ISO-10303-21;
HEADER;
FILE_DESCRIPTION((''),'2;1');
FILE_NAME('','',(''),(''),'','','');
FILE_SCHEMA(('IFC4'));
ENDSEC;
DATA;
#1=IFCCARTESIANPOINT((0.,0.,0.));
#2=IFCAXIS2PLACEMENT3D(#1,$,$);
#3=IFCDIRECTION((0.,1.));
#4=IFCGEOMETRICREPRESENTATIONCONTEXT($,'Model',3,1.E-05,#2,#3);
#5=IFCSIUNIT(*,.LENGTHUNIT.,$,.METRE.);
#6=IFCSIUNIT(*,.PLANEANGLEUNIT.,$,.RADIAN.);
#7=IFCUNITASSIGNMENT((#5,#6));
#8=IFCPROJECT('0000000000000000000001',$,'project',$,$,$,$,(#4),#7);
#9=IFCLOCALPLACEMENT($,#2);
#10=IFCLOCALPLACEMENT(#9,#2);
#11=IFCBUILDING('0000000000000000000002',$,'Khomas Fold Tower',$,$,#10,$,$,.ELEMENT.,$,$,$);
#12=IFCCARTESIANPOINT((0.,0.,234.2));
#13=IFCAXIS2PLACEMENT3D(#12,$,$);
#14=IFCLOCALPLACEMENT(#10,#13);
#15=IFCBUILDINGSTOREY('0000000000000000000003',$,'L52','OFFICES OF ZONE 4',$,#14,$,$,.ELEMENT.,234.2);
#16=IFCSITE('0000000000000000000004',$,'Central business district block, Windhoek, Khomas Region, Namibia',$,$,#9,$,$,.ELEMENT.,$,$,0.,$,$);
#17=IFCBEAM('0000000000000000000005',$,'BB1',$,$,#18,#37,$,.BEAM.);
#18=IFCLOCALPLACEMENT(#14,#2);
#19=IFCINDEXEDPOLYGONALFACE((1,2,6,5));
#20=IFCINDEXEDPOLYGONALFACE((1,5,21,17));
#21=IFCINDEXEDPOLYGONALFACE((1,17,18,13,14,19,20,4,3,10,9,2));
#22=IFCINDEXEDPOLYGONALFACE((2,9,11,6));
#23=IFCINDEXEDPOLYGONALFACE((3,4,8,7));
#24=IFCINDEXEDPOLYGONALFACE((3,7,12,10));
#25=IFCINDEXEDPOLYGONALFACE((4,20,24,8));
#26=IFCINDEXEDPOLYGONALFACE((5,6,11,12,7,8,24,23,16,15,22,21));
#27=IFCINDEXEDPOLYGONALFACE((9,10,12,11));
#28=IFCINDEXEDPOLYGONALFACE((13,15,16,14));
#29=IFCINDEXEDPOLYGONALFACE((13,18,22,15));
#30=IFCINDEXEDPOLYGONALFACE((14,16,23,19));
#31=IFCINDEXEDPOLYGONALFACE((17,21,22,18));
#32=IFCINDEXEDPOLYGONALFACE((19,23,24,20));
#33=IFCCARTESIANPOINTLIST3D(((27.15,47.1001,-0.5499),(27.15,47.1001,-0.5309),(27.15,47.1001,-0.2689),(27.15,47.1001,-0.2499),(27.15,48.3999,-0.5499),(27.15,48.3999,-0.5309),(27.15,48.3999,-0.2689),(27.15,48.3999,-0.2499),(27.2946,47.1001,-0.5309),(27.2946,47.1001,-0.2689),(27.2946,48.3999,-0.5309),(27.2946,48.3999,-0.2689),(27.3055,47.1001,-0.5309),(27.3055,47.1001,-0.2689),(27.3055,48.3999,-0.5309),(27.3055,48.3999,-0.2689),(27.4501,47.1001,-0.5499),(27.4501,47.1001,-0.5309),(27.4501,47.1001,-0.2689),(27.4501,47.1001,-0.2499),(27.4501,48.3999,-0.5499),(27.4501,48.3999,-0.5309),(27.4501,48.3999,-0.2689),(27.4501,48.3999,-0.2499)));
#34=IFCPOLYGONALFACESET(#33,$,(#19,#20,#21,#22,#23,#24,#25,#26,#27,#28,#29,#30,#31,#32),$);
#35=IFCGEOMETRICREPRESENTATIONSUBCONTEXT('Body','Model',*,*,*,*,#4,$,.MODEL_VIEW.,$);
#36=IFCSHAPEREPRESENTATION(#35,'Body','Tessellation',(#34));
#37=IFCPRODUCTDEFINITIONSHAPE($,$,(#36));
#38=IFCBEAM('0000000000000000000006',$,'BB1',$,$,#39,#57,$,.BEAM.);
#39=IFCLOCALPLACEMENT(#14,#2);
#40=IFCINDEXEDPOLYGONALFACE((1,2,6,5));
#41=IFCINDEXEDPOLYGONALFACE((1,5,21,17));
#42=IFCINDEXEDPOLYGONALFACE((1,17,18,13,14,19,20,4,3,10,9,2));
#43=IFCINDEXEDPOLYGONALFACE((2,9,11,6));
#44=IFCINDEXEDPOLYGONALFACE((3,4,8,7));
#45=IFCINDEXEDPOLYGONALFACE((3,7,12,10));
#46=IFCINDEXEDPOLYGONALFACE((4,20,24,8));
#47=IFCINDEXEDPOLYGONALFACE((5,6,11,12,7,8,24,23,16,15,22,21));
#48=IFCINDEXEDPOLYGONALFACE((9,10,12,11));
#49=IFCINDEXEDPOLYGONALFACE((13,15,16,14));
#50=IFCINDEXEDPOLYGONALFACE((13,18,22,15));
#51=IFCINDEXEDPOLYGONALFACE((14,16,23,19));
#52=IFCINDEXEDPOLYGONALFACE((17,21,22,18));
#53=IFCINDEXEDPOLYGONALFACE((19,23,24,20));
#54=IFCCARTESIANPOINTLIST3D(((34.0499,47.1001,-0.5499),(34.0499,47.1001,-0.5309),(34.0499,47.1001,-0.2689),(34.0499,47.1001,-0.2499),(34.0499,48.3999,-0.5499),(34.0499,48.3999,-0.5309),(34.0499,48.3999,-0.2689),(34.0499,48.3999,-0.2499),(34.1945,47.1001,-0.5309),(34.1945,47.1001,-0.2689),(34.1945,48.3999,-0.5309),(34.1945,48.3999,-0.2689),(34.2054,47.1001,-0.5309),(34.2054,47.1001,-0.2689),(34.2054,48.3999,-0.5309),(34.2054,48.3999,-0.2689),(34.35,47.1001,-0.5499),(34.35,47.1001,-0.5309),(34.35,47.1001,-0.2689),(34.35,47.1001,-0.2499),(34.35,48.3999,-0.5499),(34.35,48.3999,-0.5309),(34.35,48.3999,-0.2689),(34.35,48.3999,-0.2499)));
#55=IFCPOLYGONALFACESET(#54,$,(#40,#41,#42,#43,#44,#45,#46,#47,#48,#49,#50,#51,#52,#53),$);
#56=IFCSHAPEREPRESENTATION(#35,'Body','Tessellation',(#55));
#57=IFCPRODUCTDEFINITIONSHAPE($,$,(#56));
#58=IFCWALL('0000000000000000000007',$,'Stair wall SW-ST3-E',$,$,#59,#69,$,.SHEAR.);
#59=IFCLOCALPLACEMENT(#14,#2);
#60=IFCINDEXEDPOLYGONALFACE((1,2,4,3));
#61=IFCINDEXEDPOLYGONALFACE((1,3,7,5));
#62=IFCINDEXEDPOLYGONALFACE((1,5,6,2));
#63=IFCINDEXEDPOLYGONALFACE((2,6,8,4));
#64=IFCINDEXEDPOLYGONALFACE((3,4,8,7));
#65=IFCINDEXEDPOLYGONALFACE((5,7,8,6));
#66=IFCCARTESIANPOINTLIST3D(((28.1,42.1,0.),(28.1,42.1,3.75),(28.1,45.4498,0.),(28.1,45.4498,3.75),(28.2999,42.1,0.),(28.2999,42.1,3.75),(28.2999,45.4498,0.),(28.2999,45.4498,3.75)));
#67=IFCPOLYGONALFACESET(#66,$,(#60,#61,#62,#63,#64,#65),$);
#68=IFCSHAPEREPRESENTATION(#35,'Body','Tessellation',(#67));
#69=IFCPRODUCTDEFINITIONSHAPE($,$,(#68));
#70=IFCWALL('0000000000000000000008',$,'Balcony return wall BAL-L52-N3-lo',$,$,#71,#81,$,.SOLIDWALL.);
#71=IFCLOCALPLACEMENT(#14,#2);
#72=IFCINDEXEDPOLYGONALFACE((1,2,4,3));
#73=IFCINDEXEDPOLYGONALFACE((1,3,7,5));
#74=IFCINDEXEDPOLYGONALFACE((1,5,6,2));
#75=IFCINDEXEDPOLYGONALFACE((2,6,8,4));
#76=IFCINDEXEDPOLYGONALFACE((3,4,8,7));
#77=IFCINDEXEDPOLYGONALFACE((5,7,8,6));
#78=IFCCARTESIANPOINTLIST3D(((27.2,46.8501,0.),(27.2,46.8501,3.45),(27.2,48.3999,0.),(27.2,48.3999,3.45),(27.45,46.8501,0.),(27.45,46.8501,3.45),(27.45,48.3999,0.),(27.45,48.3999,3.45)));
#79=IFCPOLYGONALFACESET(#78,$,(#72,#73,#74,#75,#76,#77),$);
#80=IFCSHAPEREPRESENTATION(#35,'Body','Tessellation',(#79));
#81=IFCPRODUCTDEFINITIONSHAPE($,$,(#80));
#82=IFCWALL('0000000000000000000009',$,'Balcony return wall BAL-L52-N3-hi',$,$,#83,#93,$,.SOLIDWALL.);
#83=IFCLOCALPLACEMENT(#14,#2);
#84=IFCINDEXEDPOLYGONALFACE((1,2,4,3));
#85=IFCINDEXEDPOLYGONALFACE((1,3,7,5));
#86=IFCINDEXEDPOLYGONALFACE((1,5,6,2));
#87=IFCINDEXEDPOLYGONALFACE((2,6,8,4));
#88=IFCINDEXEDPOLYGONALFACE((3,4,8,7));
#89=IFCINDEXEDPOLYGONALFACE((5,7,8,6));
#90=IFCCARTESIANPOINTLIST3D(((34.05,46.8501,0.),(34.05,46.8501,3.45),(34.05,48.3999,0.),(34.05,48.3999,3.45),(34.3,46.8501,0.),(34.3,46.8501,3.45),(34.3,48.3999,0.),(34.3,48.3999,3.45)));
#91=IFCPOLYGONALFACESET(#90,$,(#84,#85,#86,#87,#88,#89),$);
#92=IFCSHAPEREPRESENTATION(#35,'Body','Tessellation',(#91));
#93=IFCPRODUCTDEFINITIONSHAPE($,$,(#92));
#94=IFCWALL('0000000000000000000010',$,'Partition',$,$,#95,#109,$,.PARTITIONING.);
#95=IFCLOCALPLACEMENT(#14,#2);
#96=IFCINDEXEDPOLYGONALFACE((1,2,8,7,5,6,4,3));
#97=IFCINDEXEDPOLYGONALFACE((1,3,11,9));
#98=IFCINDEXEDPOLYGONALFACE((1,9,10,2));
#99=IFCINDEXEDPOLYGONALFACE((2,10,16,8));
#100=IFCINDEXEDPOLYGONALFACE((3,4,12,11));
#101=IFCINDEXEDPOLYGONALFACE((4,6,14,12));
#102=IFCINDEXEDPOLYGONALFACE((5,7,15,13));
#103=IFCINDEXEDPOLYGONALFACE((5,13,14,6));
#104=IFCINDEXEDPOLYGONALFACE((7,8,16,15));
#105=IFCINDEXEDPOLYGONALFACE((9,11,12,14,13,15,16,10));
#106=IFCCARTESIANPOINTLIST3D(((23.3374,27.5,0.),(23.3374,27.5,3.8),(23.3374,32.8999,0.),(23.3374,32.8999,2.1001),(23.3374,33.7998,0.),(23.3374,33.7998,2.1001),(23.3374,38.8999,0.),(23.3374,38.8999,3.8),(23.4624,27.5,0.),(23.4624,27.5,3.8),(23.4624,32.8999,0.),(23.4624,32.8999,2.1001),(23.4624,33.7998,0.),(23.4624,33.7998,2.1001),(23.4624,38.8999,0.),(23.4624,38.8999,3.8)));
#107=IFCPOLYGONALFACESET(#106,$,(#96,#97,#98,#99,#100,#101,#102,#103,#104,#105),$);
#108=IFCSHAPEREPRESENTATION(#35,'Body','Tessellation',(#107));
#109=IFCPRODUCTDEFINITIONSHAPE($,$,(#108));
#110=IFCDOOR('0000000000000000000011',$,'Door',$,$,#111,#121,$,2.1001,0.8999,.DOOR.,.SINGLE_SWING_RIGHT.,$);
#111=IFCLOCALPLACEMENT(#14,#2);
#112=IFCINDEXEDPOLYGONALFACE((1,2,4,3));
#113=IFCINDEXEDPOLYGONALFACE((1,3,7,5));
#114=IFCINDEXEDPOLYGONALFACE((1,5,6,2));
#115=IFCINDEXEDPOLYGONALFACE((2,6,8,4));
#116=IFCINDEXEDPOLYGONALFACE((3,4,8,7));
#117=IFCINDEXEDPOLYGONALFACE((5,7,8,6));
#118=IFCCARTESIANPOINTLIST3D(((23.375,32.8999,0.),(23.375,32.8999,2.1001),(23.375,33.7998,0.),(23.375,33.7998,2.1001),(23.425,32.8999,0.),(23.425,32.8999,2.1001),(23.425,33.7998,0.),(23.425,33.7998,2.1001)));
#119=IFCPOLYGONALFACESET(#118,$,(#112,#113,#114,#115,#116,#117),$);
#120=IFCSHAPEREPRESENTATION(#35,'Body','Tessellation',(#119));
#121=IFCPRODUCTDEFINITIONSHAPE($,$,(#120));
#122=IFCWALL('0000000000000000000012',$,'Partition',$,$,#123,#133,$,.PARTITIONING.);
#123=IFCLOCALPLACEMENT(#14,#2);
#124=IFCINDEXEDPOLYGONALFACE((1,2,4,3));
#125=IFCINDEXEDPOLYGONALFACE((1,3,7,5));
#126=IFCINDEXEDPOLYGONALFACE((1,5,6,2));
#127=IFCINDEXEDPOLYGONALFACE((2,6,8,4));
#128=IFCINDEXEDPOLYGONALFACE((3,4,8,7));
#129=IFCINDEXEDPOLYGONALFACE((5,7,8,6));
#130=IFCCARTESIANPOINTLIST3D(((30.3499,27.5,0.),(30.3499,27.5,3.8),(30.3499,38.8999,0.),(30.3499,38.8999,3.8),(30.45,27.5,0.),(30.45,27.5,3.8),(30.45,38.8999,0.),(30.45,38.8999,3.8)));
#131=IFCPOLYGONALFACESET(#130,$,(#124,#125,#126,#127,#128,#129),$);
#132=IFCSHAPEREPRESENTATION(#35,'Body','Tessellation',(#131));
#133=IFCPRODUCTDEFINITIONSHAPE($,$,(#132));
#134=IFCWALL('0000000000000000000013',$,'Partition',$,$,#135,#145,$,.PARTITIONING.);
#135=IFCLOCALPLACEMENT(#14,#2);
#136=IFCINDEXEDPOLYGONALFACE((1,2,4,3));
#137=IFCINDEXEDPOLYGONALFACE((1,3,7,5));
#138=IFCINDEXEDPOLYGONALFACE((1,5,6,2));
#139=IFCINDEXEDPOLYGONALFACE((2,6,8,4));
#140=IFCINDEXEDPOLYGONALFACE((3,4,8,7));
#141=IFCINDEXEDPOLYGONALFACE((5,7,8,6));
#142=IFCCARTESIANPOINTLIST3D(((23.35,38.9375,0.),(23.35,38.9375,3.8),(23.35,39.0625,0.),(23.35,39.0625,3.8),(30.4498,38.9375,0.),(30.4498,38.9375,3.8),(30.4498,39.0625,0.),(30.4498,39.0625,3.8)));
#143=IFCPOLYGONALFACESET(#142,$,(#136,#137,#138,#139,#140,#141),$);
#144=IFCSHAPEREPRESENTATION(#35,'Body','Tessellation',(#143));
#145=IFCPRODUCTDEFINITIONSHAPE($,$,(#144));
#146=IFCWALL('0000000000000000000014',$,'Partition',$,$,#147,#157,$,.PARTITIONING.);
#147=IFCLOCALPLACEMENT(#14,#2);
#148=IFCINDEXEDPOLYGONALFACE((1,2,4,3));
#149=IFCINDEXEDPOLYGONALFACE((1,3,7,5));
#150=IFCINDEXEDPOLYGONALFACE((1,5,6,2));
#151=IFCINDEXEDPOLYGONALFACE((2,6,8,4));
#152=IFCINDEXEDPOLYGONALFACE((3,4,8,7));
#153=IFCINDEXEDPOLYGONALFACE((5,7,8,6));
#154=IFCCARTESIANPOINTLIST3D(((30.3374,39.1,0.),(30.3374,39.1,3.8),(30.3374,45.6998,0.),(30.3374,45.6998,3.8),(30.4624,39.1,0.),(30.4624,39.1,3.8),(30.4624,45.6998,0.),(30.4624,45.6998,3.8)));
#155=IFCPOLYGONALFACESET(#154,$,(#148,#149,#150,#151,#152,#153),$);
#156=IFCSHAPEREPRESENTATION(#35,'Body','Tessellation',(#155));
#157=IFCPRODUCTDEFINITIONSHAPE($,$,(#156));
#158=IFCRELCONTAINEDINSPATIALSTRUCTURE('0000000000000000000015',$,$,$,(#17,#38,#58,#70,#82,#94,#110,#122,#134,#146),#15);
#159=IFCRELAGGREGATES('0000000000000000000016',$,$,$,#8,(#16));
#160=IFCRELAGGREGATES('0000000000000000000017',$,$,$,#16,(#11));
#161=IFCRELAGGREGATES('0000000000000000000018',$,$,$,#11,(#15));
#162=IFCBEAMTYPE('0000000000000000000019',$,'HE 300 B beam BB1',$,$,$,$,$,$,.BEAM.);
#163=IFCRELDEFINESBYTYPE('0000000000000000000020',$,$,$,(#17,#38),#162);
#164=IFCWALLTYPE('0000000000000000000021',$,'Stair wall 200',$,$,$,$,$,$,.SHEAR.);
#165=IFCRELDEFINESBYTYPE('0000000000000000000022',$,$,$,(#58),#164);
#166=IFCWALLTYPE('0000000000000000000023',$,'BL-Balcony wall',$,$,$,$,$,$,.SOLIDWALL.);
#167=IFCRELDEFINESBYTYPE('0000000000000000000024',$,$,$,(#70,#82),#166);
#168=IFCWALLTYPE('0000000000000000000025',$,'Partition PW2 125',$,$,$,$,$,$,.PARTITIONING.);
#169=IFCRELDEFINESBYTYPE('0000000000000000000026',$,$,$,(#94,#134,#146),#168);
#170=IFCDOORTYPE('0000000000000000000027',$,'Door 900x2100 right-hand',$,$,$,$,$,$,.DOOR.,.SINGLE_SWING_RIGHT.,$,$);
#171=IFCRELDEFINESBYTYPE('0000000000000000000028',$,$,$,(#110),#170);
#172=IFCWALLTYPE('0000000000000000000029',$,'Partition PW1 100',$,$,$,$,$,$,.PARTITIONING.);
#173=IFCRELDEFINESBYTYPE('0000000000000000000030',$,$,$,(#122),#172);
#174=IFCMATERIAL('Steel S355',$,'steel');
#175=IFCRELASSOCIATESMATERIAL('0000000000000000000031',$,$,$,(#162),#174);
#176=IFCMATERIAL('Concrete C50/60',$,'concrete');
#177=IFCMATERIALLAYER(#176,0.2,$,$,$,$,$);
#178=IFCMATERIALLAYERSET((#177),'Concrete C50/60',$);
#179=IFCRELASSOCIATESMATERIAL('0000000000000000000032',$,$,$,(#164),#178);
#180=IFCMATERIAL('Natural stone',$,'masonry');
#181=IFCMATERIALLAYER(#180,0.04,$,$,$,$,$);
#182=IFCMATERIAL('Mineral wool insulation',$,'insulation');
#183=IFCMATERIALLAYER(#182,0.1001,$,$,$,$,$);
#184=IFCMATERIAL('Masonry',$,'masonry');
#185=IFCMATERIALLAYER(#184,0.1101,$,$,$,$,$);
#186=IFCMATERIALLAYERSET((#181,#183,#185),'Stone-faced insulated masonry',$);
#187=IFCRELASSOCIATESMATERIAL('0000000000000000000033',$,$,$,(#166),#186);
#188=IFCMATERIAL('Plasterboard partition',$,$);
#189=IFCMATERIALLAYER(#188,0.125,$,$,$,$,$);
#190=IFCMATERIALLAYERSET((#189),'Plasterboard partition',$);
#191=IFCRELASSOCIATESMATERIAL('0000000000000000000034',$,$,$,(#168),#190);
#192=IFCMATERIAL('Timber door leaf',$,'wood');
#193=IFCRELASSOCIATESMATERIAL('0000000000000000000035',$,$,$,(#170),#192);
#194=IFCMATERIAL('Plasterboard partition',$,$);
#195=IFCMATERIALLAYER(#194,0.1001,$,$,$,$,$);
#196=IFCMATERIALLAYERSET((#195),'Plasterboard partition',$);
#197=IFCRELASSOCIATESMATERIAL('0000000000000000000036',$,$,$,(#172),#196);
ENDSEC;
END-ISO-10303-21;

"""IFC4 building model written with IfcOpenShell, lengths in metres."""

from ifc_helpers import new_model, si_unit, direction, frame, frame_2d, origin, origin_2d, place, context, subcontext, project, spatial, rectangle, i_section, extrude, source, transform, mapped, material, layer, layer_set, material_profile, profile_set, type_object, element, fill, save


model = new_model("IFC4")

# Units and contexts
model_context = context("Model", 3, precision=1e-05, world=origin(), true_north=direction((0.0, 1.0)))
body_context = subcontext(model_context, "Body", "Model", "MODEL_VIEW")
ifc_project = project(units=[si_unit("LENGTHUNIT", "METRE"), si_unit("PLANEANGLEUNIT", "RADIAN")], contexts=[model_context])

# Site, building, storey
site_placement = place(None, origin())
site = spatial("IfcSite", under=ifc_project, at=site_placement, Name="Central business district block, Windhoek, Khomas Region, Namibia", CompositionType="ELEMENT", RefElevation=0.0)
building_placement = place(site_placement, origin())
building = spatial("IfcBuilding", under=site, at=building_placement, Name="Khomas Fold Tower", CompositionType="ELEMENT")
storey_placement = place(building_placement, frame((0.0, 0.0, 234.2)))
storey = spatial("IfcBuildingStorey", under=building, at=storey_placement, Name="L52", Description="OFFICES OF ZONE 4", CompositionType="ELEMENT", Elevation=234.2)

# Beams
ifc_material_1 = material(Name="Steel S355", Category="steel")
ifc_material_profile_1 = material_profile(ifc_material_1, i_section(OverallWidth=0.3, OverallDepth=0.3, WebThickness=0.011, FlangeThickness=0.019, at=origin_2d()), Name="HE 300 B")
ifc_profile_set_1 = profile_set([ifc_material_profile_1], Name="Steel S355")
beam_type_1 = type_object("IfcBeamType", Name="HE 300 B beam BB1", PredefinedType="BEAM", material=ifc_profile_set_1)
shared_shape_1 = source(origin(), body_context, "Body", "SweptSolid", [
    extrude(i_section(OverallWidth=0.3, OverallDepth=0.3, WebThickness=0.011, FlangeThickness=0.019, at=origin_2d()), origin(), (0.0, 0.0, 1.0), 1.2998),
])
for number, where, z_axis, x_axis, name in (
    (1, (27.3, 47.1001, -0.3999), (0.0, 1.0, 0.0), (-1.0, 0.0, 0.0), "BB1"),
    (2, (34.2, 47.1001, -0.3999), (0.0, 1.0, 0.0), (-1.0, 0.0, 0.0), "BB1"),
):
    element("IfcBeam", number, at=place(storey_placement, frame(where, z_axis=z_axis, x_axis=x_axis)), inside=storey, type_object=beam_type_1, Name=name, PredefinedType="BEAM", context=body_context, shape_type="MappedRepresentation", body=[
        mapped(shared_shape_1, transform((0.0, 0.0, 0.0))),
    ])

# Wall
ifc_material_2 = material(Name="Concrete C50/60", Category="concrete")
ifc_layer_1 = layer(ifc_material_2, 0.2)
ifc_layer_set_1 = layer_set([ifc_layer_1], Name="Concrete C50/60")
wall_type_1 = type_object("IfcWallType", Name="Stair wall 200", PredefinedType="SHEAR", material=ifc_layer_set_1)
shared_shape_2 = source(origin(), body_context, "Body", "SweptSolid", [
    extrude(rectangle(XDim=3.3499, YDim=0.2, at=frame_2d((1.6748, 0.0))), origin(), (0.0, 0.0, 1.0), 3.75),
])
wall_1_placement = place(storey_placement, frame((28.2, 42.1001, 0.0), z_axis=(0.0, 0.0, 1.0), x_axis=(0.0, 1.0, 0.0)))
element("IfcWall", 3, at=wall_1_placement, inside=storey, type_object=wall_type_1, Name="Stair wall SW-ST3-E", PredefinedType="SHEAR", context=body_context, shape_type="MappedRepresentation", body=[
    mapped(shared_shape_2, transform((0.0, 0.0, 0.0))),
])

# Shared definitions
ifc_material_3 = material(Name="Natural stone", Category="masonry")
ifc_layer_2 = layer(ifc_material_3, 0.04)
ifc_material_4 = material(Name="Mineral wool insulation", Category="insulation")
ifc_layer_3 = layer(ifc_material_4, 0.1001)
ifc_material_5 = material(Name="Masonry", Category="masonry")
ifc_layer_4 = layer(ifc_material_5, 0.1101)
ifc_layer_set_2 = layer_set([ifc_layer_2, ifc_layer_3, ifc_layer_4], Name="Stone-faced insulated masonry")
wall_type_2 = type_object("IfcWallType", Name="BL-Balcony wall", PredefinedType="SOLIDWALL", material=ifc_layer_set_2)

# Walls
shared_shape_3 = source(origin(), body_context, "Body", "SweptSolid", [
    extrude(rectangle(XDim=1.5498, YDim=0.25, at=frame_2d((0.7749, 0.0))), origin(), (0.0, 0.0, 1.0), 3.45),
])
for number, where, z_axis, x_axis, name in (
    (4, (27.325, 48.3999, 0.0), (0.0, 0.0, 1.0), (0.0, -1.0, 0.0), "Balcony return wall BAL-L52-N3-lo"),
    (5, (34.175, 48.3999, 0.0), (0.0, 0.0, 1.0), (0.0, -1.0, 0.0), "Balcony return wall BAL-L52-N3-hi"),
):
    element("IfcWall", number, at=place(storey_placement, frame(where, z_axis=z_axis, x_axis=x_axis)), inside=storey, type_object=wall_type_2, Name=name, PredefinedType="SOLIDWALL", context=body_context, shape_type="MappedRepresentation", body=[
        mapped(shared_shape_3, transform((0.0, 0.0, 0.0))),
    ])

# Wall, opening, door
ifc_material_6 = material(Name="Plasterboard partition")
ifc_layer_5 = layer(ifc_material_6, 0.125)
ifc_layer_set_3 = layer_set([ifc_layer_5], Name="Plasterboard partition")
wall_type_3 = type_object("IfcWallType", Name="Partition PW2 125", PredefinedType="PARTITIONING", material=ifc_layer_set_3)
shared_shape_4 = source(origin(), body_context, "Body", "SweptSolid", [
    extrude(rectangle(XDim=11.3999, YDim=0.125, at=frame_2d((5.7, 0.0))), origin(), (0.0, 0.0, 1.0), 3.8),
])
wall_2_placement = place(storey_placement, frame((23.3999, 27.5, 0.0), z_axis=(0.0, 0.0, 1.0), x_axis=(0.0, 1.0, 0.0)))
wall_2 = element("IfcWall", 6, at=wall_2_placement, inside=storey, type_object=wall_type_3, Name="Partition", PredefinedType="PARTITIONING", context=body_context, shape_type="MappedRepresentation", body=[
    mapped(shared_shape_4, transform((0.0, 0.0, 0.0))),
])
shared_shape_5 = source(origin(), body_context, "Body", "SweptSolid", [
    extrude(rectangle(XDim=0.8999, YDim=2.1001, at=frame_2d((0.45, 1.05))), frame((0.0, 0.0725, 0.0), z_axis=(0.0, -1.0, 0.0), x_axis=(1.0, 0.0, 0.0)), (0.0, 0.0, 1.0), 0.145),
])
opening_1_placement = place(wall_2_placement, frame((5.3999, 0.0, 0.0)))
opening_1 = element("IfcOpeningElement", 7, at=opening_1_placement, cuts=wall_2, PredefinedType="OPENING", context=body_context, shape_type="MappedRepresentation", body=[
    mapped(shared_shape_5, transform((0.0, 0.0, 0.0))),
])
ifc_material_7 = material(Name="Timber door leaf", Category="wood")
door_type_1 = type_object("IfcDoorType", Name="Door 900x2100 right-hand", OperationType="SINGLE_SWING_RIGHT", PredefinedType="DOOR", material=ifc_material_7)
shared_shape_6 = source(origin(), body_context, "Body", "SweptSolid", [
    extrude(rectangle(XDim=0.8999, YDim=2.1001, at=frame_2d((0.45, 1.05))), frame((0.0, 0.0249, 0.0), z_axis=(0.0, -1.0, 0.0), x_axis=(1.0, 0.0, 0.0)), (0.0, 0.0, 1.0), 0.05),
])
door_1_placement = place(opening_1_placement, origin())
door_1 = element("IfcDoor", 8, at=door_1_placement, inside=storey, type_object=door_type_1, Name="Door", OperationType="SINGLE_SWING_RIGHT", OverallHeight=2.1001, OverallWidth=0.8999, PredefinedType="DOOR", context=body_context, shape_type="MappedRepresentation", body=[
    mapped(shared_shape_6, transform((0.0, 0.0, 0.0))),
])
fill(opening_1, door_1)

# Walls
ifc_material_8 = material(Name="Plasterboard partition")
ifc_layer_6 = layer(ifc_material_8, 0.1001)
ifc_layer_set_4 = layer_set([ifc_layer_6], Name="Plasterboard partition")
wall_type_4 = type_object("IfcWallType", Name="Partition PW1 100", PredefinedType="PARTITIONING", material=ifc_layer_set_4)
shared_shape_7 = source(origin(), body_context, "Body", "SweptSolid", [
    extrude(rectangle(XDim=11.3999, YDim=0.1001, at=frame_2d((5.7, 0.0))), origin(), (0.0, 0.0, 1.0), 3.8),
])
wall_3_placement = place(storey_placement, frame((30.3999, 27.5, 0.0), z_axis=(0.0, 0.0, 1.0), x_axis=(0.0, 1.0, 0.0)))
element("IfcWall", 9, at=wall_3_placement, inside=storey, type_object=wall_type_4, Name="Partition", PredefinedType="PARTITIONING", context=body_context, shape_type="MappedRepresentation", body=[
    mapped(shared_shape_7, transform((0.0, 0.0, 0.0))),
])
shared_shape_8 = source(origin(), body_context, "Body", "SweptSolid", [
    extrude(rectangle(XDim=7.0999, YDim=0.125, at=frame_2d((3.5498, 0.0))), origin(), (0.0, 0.0, 1.0), 3.8),
])
wall_4_placement = place(storey_placement, frame((23.3501, 39.0, 0.0), z_axis=(0.0, 0.0, 1.0), x_axis=(1.0, 0.0, 0.0)))
element("IfcWall", 10, at=wall_4_placement, inside=storey, type_object=wall_type_3, Name="Partition", PredefinedType="PARTITIONING", context=body_context, shape_type="MappedRepresentation", body=[
    mapped(shared_shape_8, transform((0.0, 0.0, 0.0))),
])
shared_shape_9 = source(origin(), body_context, "Body", "SweptSolid", [
    extrude(rectangle(XDim=6.5999, YDim=0.125, at=frame_2d((3.2998, 0.0))), origin(), (0.0, 0.0, 1.0), 3.8),
])
wall_5_placement = place(storey_placement, frame((30.3999, 39.1001, 0.0), z_axis=(0.0, 0.0, 1.0), x_axis=(0.0, 1.0, 0.0)))
element("IfcWall", 11, at=wall_5_placement, inside=storey, type_object=wall_type_3, Name="Partition", PredefinedType="PARTITIONING", context=body_context, shape_type="MappedRepresentation", body=[
    mapped(shared_shape_9, transform((0.0, 0.0, 0.0))),
])

save(model, "model.ifc")
